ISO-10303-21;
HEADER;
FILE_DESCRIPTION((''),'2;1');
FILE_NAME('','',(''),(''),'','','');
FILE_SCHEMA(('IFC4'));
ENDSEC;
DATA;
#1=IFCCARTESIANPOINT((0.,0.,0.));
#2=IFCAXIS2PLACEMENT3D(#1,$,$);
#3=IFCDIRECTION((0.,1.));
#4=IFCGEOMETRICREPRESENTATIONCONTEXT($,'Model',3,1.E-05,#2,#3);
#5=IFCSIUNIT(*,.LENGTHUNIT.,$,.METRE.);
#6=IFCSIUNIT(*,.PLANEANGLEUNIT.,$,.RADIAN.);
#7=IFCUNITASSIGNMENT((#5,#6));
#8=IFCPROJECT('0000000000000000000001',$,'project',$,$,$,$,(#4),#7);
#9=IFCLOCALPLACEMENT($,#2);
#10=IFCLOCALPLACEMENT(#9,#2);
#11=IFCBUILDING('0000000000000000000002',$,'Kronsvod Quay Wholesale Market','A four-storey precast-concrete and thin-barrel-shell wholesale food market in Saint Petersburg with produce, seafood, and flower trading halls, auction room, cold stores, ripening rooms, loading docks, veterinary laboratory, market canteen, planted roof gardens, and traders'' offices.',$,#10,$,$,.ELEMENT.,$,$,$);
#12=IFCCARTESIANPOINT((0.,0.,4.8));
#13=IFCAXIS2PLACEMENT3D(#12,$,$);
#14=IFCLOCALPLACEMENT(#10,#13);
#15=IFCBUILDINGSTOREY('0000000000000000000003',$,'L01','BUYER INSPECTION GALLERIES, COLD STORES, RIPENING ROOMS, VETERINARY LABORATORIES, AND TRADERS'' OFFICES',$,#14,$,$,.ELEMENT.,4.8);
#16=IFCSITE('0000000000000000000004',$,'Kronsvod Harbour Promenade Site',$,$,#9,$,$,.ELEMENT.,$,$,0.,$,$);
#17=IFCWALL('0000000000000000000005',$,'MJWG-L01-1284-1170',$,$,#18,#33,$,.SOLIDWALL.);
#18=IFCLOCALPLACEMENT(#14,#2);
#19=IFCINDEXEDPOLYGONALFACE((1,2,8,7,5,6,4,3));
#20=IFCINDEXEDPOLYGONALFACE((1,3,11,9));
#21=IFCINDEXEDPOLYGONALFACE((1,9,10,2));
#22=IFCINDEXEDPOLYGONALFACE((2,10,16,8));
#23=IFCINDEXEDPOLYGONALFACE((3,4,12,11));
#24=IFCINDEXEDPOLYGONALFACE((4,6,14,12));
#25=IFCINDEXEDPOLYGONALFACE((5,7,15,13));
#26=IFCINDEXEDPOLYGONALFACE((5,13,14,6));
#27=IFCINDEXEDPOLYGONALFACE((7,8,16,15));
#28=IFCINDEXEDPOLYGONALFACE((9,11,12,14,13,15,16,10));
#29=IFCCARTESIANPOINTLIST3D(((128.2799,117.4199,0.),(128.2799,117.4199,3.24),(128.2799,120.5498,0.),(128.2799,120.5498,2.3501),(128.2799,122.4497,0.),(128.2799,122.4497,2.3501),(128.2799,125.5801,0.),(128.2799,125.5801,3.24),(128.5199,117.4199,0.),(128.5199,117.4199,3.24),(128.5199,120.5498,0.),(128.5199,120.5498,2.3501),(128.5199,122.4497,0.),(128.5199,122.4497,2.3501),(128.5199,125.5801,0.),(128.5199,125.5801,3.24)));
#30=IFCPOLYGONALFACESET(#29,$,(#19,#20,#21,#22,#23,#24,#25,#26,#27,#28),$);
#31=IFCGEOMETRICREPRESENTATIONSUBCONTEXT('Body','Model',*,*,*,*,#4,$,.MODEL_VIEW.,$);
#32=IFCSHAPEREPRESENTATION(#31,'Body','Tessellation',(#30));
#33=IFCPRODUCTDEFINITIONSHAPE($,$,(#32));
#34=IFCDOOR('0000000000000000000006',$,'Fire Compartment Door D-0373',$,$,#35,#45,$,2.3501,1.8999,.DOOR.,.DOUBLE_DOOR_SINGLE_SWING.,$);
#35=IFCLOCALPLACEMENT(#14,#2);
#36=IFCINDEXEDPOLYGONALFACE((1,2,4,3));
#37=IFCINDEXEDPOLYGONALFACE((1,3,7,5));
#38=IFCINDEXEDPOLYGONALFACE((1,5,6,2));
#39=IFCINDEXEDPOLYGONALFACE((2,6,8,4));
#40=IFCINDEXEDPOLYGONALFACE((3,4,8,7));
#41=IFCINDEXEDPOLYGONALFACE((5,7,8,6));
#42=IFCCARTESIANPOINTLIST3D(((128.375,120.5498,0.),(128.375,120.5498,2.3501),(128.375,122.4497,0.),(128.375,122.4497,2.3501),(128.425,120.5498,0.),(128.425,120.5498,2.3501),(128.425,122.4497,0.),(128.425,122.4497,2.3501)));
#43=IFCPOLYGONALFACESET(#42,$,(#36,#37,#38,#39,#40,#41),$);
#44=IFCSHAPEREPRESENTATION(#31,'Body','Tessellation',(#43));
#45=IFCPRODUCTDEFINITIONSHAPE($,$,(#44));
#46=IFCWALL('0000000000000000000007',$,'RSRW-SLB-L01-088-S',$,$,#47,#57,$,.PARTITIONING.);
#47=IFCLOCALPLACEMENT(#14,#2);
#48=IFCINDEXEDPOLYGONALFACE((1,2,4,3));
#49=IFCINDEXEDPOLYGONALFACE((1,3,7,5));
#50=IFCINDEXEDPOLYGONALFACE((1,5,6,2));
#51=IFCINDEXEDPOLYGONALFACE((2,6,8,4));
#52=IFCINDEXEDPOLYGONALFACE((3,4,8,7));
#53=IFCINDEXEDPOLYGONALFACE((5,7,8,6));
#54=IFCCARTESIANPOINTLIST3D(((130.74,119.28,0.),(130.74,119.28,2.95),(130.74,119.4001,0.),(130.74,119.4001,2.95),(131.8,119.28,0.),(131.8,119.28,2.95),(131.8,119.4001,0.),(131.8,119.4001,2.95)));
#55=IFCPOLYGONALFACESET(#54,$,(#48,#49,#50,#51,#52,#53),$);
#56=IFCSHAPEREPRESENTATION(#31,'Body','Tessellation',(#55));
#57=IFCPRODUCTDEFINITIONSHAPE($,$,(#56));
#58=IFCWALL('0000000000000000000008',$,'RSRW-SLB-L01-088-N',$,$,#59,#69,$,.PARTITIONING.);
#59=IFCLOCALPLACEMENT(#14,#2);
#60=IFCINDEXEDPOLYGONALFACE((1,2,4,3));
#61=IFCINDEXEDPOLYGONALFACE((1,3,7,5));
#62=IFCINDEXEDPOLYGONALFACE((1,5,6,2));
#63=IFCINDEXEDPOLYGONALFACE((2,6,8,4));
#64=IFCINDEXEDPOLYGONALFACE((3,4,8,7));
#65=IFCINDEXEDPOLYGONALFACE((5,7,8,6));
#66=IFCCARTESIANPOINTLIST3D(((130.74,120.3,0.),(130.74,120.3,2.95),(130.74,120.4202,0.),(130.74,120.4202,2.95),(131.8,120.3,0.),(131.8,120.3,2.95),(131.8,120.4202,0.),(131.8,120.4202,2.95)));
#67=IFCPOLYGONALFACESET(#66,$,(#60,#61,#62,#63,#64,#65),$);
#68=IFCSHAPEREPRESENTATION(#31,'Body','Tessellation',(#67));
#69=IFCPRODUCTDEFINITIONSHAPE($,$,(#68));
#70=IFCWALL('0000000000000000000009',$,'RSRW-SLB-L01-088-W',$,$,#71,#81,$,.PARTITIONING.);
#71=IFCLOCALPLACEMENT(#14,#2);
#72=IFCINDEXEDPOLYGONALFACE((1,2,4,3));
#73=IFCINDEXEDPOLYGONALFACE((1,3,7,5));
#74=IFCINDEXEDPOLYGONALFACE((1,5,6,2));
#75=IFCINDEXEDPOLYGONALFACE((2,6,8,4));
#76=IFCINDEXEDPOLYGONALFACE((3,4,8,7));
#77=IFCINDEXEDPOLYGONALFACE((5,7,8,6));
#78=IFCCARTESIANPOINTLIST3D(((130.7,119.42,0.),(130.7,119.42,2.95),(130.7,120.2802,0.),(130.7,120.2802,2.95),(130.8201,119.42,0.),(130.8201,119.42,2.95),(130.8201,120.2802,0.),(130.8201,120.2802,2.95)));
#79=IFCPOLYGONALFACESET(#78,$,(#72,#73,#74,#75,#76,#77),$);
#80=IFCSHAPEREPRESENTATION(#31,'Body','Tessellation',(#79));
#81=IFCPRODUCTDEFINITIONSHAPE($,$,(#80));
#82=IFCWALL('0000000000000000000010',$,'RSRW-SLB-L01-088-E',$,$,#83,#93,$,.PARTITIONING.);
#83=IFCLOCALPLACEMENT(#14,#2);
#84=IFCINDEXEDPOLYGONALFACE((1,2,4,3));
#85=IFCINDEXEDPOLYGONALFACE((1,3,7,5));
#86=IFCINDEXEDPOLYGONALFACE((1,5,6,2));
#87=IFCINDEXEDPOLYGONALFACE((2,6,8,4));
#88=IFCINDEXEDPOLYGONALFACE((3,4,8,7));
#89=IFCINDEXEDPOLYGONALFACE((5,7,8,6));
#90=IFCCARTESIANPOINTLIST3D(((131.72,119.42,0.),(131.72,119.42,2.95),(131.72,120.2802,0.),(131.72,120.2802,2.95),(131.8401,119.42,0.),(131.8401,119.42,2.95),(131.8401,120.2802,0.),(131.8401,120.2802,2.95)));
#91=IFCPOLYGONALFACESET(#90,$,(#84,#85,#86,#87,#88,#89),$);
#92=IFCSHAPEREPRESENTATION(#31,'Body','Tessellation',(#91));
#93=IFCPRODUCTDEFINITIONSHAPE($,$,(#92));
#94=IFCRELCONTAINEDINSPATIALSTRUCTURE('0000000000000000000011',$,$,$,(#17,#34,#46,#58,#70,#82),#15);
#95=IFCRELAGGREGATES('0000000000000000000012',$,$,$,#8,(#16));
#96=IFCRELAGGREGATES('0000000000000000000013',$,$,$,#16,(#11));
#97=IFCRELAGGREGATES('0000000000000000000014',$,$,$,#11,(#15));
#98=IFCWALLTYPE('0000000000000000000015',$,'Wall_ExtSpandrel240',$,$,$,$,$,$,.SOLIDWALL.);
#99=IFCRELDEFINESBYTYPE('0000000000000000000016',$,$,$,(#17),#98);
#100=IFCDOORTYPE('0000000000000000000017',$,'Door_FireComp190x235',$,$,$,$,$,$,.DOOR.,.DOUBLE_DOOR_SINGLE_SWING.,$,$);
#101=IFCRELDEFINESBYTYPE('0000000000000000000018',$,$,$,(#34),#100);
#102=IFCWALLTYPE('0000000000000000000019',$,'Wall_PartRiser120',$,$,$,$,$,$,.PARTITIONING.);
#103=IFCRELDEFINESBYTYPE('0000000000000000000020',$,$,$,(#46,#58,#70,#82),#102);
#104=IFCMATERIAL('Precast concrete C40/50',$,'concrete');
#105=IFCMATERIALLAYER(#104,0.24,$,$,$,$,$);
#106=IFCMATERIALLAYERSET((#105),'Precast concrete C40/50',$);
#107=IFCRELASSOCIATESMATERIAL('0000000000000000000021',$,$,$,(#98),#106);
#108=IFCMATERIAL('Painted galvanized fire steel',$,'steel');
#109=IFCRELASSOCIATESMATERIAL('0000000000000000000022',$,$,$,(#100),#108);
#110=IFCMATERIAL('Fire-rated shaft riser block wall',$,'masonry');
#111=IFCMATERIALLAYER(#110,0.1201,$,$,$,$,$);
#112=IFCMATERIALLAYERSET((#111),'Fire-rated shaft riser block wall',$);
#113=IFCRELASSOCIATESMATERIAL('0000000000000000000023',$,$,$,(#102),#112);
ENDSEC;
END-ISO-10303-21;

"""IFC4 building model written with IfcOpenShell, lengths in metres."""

from ifc_helpers import new_model, si_unit, direction, frame, frame_2d, origin, place, context, subcontext, project, spatial, rectangle, extrude, material, layer, layer_set, type_object, element, fill, save


model = new_model("IFC4")

# Units and contexts
model_context = context("Model", 3, precision=1e-05, world=origin(), true_north=direction((0.0, 1.0)))
body_context = subcontext(model_context, "Body", "Model", "MODEL_VIEW")
ifc_project = project(units=[si_unit("LENGTHUNIT", "METRE"), si_unit("PLANEANGLEUNIT", "RADIAN")], contexts=[model_context])

# Site, building, storey
site_placement = place(None, origin())
site = spatial("IfcSite", under=ifc_project, at=site_placement, Name="Kronsvod Harbour Promenade Site", CompositionType="ELEMENT", RefElevation=0.0)
building_placement = place(site_placement, origin())
building = spatial("IfcBuilding", under=site, at=building_placement, Name="Kronsvod Quay Wholesale Market", Description="A four-storey precast-concrete and thin-barrel-shell wholesale food market in Saint Petersburg with produce, seafood, and flower trading halls, auction room, cold stores, ripening rooms, loading docks, veterinary laboratory, market canteen, planted roof gardens, and traders' offices.", CompositionType="ELEMENT")
storey_placement = place(building_placement, frame((0.0, 0.0, 4.8)))
storey = spatial("IfcBuildingStorey", under=building, at=storey_placement, Name="L01", Description="BUYER INSPECTION GALLERIES, COLD STORES, RIPENING ROOMS, VETERINARY LABORATORIES, AND TRADERS' OFFICES", CompositionType="ELEMENT", Elevation=4.8)

# Wall, opening, door
ifc_material_1 = material(Name="Precast concrete C40/50", Category="concrete")
ifc_layer_1 = layer(ifc_material_1, 0.24)
ifc_layer_set_1 = layer_set([ifc_layer_1], Name="Precast concrete C40/50")
wall_type_1 = type_object("IfcWallType", Name="Wall_ExtSpandrel240", PredefinedType="SOLIDWALL", material=ifc_layer_set_1)
ifc_material_2 = material(Name="Painted galvanized fire steel", Category="steel")
door_type_1 = type_object("IfcDoorType", Name="Door_FireComp190x235", OperationType="DOUBLE_DOOR_SINGLE_SWING", PredefinedType="DOOR", material=ifc_material_2)
wall_1_placement = place(storey_placement, frame((128.3999, 117.4199, 0.0), z_axis=(0.0, 0.0, 1.0), x_axis=(0.0, 1.0, 0.0)))
wall_1 = element("IfcWall", 1, at=wall_1_placement, inside=storey, type_object=wall_type_1, Name="MJWG-L01-1284-1170", PredefinedType="SOLIDWALL", context=body_context, shape_type="SweptSolid", body=[
    extrude(rectangle(XDim=8.1602, YDim=0.24, at=frame_2d((4.0801, 0.0))), origin(), (0.0, 0.0, 1.0), 3.24),
])
opening_1_placement = place(wall_1_placement, frame((3.1299, 0.0, 0.0)))
opening_1 = element("IfcOpeningElement", 2, at=opening_1_placement, cuts=wall_1, PredefinedType="OPENING", context=body_context, shape_type="SweptSolid", body=[
    extrude(rectangle(XDim=1.8999, YDim=2.3501, at=frame_2d((0.95, 1.175))), frame((0.0, 0.1299, 0.0), z_axis=(0.0, -1.0, 0.0), x_axis=(1.0, 0.0, 0.0)), (0.0, 0.0, 1.0), 0.26),
])
door_1_placement = place(opening_1_placement, origin())
door_1 = element("IfcDoor", 3, at=door_1_placement, inside=storey, type_object=door_type_1, Name="Fire Compartment Door D-0373", OperationType="DOUBLE_DOOR_SINGLE_SWING", OverallHeight=2.3501, OverallWidth=1.8999, PredefinedType="DOOR", context=body_context, shape_type="SweptSolid", body=[
    extrude(rectangle(XDim=1.8999, YDim=2.3501, at=frame_2d((0.95, 1.175))), frame((0.0, 0.0249, 0.0), z_axis=(0.0, -1.0, 0.0), x_axis=(1.0, 0.0, 0.0)), (0.0, 0.0, 1.0), 0.05),
])
fill(opening_1, door_1)

# Walls
ifc_material_3 = material(Name="Fire-rated shaft riser block wall", Category="masonry")
ifc_layer_2 = layer(ifc_material_3, 0.1201)
ifc_layer_set_2 = layer_set([ifc_layer_2], Name="Fire-rated shaft riser block wall")
wall_type_2 = type_object("IfcWallType", Name="Wall_PartRiser120", PredefinedType="PARTITIONING", material=ifc_layer_set_2)
for number, where, z_axis, x_axis, name in (
    (4, (130.74, 119.3401, 0.0), (0.0, 0.0, 1.0), (1.0, 0.0, 0.0), "RSRW-SLB-L01-088-S"),
    (5, (130.74, 120.3601, 0.0), (0.0, 0.0, 1.0), (1.0, 0.0, 0.0), "RSRW-SLB-L01-088-N"),
):
    element("IfcWall", number, at=place(storey_placement, frame(where, z_axis=z_axis, x_axis=x_axis)), inside=storey, type_object=wall_type_2, Name=name, PredefinedType="PARTITIONING", context=body_context, shape_type="SweptSolid", body=[
        extrude(rectangle(XDim=1.0601, YDim=0.1201, at=frame_2d((0.53, 0.0))), origin(), (0.0, 0.0, 1.0), 2.95),
    ])
for number, where, z_axis, x_axis, name in (
    (6, (130.76, 119.4199, 0.0), (0.0, 0.0, 1.0), (0.0, 1.0, 0.0), "RSRW-SLB-L01-088-W"),
    (7, (131.78, 119.4199, 0.0), (0.0, 0.0, 1.0), (0.0, 1.0, 0.0), "RSRW-SLB-L01-088-E"),
):
    element("IfcWall", number, at=place(storey_placement, frame(where, z_axis=z_axis, x_axis=x_axis)), inside=storey, type_object=wall_type_2, Name=name, PredefinedType="PARTITIONING", context=body_context, shape_type="SweptSolid", body=[
        extrude(rectangle(XDim=0.8601, YDim=0.1201, at=frame_2d((0.4302, 0.0))), origin(), (0.0, 0.0, 1.0), 2.95),
    ])

save(model, "model.ifc")
